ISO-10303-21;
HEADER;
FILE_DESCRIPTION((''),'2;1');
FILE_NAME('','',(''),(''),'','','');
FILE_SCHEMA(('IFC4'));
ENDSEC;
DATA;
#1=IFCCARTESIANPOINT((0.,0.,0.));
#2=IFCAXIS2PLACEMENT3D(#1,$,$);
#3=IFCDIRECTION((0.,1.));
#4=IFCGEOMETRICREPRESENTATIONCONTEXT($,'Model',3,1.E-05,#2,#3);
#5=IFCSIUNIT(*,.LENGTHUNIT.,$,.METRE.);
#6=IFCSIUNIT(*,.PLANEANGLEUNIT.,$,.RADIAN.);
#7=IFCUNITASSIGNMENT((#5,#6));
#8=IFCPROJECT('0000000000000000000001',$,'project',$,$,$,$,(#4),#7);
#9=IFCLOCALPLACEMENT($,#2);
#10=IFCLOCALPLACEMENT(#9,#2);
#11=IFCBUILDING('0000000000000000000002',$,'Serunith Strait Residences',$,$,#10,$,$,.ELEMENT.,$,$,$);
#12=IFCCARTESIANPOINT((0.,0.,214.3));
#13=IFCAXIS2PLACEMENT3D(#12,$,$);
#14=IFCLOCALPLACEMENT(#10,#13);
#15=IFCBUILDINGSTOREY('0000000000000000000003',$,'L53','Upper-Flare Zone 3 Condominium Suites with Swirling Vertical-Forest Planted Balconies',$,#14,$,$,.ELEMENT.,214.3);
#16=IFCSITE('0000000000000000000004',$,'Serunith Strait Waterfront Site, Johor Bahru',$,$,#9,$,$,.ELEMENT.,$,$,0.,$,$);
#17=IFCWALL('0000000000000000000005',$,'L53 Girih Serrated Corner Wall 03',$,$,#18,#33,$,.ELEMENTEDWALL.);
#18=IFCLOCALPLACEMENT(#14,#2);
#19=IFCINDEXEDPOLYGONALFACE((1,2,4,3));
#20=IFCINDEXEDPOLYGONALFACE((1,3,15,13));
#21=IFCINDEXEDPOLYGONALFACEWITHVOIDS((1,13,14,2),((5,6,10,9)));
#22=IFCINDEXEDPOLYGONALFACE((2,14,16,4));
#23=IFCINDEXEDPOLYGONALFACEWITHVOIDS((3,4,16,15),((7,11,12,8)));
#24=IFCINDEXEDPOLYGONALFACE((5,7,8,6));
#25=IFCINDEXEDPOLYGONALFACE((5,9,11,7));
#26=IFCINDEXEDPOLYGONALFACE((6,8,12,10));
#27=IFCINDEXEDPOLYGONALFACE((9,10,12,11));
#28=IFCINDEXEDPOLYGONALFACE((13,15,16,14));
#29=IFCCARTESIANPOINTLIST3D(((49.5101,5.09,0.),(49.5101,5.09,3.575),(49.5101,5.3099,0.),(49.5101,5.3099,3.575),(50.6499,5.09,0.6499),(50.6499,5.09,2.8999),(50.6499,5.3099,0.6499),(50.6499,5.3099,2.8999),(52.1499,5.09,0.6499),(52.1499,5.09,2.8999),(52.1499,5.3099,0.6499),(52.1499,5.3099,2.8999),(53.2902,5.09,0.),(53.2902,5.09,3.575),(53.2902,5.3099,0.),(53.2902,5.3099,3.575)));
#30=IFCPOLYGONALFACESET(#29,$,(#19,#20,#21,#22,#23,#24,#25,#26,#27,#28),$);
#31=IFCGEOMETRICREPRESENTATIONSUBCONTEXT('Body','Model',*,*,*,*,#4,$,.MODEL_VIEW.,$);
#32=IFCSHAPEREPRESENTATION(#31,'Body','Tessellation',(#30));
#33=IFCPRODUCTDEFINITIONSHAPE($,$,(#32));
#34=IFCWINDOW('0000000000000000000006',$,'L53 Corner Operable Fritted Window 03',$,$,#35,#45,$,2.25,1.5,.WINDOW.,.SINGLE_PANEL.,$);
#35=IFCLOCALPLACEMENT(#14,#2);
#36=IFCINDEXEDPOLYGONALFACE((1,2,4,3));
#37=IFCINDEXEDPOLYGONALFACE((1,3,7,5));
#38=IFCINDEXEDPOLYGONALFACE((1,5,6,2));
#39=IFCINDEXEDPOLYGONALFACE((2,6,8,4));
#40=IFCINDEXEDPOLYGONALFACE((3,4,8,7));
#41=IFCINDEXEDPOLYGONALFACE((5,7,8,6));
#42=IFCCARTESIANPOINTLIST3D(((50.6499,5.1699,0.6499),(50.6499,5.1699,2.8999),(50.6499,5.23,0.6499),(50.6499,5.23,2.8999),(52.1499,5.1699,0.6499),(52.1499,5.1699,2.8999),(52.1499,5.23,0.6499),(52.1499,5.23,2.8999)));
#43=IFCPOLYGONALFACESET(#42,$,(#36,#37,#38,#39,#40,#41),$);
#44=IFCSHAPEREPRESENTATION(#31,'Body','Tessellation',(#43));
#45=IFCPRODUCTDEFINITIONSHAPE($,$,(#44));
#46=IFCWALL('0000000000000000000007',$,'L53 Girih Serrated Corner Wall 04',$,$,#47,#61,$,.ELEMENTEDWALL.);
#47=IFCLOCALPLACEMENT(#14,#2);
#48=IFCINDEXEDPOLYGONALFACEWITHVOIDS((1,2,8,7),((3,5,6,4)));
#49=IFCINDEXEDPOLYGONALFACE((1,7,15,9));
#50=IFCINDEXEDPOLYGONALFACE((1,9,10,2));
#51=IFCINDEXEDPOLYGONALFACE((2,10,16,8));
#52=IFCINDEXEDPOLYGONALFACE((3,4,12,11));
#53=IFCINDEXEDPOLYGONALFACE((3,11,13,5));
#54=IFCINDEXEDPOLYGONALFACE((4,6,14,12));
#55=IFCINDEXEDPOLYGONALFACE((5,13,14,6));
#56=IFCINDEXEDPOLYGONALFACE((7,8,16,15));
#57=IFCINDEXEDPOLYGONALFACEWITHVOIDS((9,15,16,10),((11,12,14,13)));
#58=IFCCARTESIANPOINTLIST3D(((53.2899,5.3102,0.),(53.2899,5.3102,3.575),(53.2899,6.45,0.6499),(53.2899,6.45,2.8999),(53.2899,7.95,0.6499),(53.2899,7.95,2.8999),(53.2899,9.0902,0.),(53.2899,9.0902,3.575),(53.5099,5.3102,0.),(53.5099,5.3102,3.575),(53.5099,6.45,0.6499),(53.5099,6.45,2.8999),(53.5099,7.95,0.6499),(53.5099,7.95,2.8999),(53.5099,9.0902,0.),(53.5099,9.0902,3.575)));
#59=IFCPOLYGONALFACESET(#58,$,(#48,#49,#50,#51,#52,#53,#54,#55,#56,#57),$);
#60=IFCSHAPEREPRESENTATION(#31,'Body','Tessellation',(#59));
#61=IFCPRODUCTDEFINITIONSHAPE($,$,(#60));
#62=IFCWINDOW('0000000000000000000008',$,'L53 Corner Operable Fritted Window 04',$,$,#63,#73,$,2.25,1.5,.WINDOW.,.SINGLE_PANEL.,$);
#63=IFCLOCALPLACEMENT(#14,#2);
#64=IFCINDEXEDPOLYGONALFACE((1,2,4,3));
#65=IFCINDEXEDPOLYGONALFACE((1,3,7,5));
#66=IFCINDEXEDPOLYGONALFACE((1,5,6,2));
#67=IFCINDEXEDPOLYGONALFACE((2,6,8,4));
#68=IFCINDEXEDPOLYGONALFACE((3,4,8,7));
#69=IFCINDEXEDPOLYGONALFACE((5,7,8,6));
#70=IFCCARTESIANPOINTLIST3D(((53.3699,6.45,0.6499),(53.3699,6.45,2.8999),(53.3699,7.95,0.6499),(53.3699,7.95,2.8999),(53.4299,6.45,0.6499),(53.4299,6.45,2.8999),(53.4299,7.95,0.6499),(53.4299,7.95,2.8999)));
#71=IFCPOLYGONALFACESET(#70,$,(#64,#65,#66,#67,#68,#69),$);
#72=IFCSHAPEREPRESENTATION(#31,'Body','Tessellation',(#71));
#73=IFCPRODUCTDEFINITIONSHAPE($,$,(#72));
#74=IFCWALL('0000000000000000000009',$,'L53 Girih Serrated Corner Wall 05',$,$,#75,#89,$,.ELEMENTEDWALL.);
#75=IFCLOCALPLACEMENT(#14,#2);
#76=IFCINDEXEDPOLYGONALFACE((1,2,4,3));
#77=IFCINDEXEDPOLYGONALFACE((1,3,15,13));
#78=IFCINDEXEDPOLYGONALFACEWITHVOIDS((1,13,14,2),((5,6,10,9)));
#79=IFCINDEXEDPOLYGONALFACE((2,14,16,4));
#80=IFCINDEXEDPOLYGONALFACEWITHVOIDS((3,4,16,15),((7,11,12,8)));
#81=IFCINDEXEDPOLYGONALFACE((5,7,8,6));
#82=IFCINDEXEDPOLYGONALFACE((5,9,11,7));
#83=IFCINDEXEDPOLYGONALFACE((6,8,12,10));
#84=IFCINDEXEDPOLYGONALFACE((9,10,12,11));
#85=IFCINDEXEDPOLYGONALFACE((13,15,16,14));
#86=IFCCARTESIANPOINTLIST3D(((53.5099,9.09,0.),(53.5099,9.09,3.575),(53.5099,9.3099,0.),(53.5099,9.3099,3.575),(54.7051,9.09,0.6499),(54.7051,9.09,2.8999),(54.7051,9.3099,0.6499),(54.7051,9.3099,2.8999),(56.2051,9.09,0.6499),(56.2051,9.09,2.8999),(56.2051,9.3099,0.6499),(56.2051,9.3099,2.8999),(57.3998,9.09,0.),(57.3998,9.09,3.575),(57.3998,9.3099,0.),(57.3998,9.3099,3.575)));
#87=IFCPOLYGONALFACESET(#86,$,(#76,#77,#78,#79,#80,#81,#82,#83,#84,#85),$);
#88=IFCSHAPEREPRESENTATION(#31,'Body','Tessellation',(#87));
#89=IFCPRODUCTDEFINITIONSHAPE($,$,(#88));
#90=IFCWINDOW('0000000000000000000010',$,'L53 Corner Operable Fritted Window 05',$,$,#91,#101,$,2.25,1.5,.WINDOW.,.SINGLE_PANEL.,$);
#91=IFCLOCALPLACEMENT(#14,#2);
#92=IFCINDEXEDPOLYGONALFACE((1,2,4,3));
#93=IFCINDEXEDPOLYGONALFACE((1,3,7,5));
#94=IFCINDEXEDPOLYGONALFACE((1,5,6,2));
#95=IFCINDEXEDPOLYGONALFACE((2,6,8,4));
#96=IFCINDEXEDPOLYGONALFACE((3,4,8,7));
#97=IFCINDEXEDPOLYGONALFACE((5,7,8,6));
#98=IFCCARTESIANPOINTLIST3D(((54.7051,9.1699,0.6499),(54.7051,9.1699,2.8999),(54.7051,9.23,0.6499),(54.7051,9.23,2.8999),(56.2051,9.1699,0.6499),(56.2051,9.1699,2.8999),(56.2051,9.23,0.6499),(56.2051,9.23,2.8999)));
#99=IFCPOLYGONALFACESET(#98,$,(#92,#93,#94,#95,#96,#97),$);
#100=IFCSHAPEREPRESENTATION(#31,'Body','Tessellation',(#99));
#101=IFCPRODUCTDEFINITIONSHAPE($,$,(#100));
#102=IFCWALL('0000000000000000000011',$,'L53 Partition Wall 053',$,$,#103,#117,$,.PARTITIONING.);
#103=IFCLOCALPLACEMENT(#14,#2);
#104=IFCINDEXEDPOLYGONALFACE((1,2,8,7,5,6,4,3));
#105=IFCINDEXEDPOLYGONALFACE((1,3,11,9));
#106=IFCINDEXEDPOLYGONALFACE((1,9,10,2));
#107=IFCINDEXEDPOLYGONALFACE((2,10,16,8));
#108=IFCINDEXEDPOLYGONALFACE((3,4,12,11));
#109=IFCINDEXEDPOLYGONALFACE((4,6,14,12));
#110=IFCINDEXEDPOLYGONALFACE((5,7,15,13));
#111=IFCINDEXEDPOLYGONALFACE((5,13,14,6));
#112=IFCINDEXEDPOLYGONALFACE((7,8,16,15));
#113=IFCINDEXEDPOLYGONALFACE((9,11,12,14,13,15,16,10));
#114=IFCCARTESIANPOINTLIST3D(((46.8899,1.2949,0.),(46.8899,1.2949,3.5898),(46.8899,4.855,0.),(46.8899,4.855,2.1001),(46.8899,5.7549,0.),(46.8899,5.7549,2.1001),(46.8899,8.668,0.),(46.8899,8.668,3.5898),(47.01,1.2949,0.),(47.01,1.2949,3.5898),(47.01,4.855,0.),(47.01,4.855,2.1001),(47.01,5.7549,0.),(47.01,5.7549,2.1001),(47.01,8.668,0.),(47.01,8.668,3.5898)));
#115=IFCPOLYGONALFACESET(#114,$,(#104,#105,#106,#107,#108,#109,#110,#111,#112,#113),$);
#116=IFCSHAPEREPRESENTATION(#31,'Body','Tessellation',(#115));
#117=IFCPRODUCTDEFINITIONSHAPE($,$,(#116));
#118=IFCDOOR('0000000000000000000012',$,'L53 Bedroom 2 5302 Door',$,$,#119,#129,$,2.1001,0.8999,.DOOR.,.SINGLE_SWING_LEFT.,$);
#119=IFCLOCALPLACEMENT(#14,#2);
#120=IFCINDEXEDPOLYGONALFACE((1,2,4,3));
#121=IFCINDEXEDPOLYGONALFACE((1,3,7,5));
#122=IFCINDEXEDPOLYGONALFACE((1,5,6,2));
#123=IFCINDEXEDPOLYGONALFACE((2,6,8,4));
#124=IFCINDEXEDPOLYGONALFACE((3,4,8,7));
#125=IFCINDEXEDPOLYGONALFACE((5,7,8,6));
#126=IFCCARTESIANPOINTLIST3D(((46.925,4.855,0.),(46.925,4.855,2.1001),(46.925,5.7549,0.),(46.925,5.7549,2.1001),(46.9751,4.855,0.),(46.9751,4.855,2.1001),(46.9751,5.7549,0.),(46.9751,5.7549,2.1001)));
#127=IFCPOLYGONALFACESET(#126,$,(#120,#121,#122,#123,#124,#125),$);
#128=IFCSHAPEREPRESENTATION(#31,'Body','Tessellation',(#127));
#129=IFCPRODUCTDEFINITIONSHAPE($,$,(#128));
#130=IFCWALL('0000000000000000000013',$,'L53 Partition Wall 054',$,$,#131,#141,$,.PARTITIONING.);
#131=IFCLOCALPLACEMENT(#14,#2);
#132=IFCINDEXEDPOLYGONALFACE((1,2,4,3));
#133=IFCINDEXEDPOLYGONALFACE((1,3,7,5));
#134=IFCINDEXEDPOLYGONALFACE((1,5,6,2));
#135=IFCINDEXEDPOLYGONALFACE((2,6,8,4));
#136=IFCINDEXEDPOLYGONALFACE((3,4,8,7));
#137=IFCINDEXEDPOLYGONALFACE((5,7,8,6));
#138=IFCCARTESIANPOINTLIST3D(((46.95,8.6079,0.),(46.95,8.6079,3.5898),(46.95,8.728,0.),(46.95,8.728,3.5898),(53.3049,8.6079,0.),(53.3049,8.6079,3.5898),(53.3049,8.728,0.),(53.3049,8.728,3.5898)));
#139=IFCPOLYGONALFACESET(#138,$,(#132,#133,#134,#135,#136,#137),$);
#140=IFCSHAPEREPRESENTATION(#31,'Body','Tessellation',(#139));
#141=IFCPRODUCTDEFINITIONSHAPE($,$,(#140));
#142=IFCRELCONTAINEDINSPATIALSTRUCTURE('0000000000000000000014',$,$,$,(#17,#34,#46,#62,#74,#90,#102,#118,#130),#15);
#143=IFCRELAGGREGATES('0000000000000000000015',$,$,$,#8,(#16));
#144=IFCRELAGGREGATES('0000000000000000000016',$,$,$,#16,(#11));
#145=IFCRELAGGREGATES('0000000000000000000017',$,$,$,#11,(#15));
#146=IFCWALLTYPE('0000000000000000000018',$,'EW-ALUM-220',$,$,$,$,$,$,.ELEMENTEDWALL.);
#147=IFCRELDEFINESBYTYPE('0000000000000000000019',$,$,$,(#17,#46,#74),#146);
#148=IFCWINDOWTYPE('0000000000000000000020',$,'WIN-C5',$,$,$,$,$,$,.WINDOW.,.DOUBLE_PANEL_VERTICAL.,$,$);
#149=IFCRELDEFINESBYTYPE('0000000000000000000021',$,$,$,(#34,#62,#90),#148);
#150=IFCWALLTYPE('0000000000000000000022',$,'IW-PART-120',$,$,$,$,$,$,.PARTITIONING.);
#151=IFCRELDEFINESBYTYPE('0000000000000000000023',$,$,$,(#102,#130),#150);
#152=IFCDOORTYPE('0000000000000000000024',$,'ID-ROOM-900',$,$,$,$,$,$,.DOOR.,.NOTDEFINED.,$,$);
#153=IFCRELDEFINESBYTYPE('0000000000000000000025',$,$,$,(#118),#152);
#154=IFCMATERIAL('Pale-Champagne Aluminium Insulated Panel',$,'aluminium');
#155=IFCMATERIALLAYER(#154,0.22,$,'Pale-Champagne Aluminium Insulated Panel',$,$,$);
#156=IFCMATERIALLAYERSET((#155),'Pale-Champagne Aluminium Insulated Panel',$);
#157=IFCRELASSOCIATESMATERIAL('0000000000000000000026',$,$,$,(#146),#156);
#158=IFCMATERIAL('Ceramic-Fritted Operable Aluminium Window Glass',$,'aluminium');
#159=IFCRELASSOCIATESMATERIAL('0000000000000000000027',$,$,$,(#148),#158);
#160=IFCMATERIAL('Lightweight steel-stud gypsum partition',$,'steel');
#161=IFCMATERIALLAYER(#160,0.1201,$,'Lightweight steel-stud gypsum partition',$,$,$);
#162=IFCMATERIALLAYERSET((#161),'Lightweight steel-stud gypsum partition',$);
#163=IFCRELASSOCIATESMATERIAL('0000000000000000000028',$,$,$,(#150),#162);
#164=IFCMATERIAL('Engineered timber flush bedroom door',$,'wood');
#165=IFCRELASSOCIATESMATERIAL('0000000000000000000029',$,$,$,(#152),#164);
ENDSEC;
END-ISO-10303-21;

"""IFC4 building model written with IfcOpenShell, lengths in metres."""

from ifc_helpers import new_model, si_unit, direction, frame, frame_2d, origin, place, context, subcontext, project, spatial, rectangle, extrude, source, transform, mapped, material, layer, layer_set, type_object, element, fill, save


model = new_model("IFC4")

# Units and contexts
model_context = context("Model", 3, precision=1e-05, world=origin(), true_north=direction((0.0, 1.0)))
body_context = subcontext(model_context, "Body", "Model", "MODEL_VIEW")
ifc_project = project(units=[si_unit("LENGTHUNIT", "METRE"), si_unit("PLANEANGLEUNIT", "RADIAN")], contexts=[model_context])

# Site, building, storey
site_placement = place(None, origin())
site = spatial("IfcSite", under=ifc_project, at=site_placement, Name="Serunith Strait Waterfront Site, Johor Bahru", CompositionType="ELEMENT", RefElevation=0.0)
building_placement = place(site_placement, origin())
building = spatial("IfcBuilding", under=site, at=building_placement, Name="Serunith Strait Residences", CompositionType="ELEMENT")
storey_placement = place(building_placement, frame((0.0, 0.0, 214.3)))
storey = spatial("IfcBuildingStorey", under=building, at=storey_placement, Name="L53", Description="Upper-Flare Zone 3 Condominium Suites with Swirling Vertical-Forest Planted Balconies", CompositionType="ELEMENT", Elevation=214.3)

# Walls, openings, windows
ifc_material_1 = material(Name="Pale-Champagne Aluminium Insulated Panel", Category="aluminium")
ifc_layer_1 = layer(ifc_material_1, 0.22, Name="Pale-Champagne Aluminium Insulated Panel")
ifc_layer_set_1 = layer_set([ifc_layer_1], Name="Pale-Champagne Aluminium Insulated Panel")
wall_type_1 = type_object("IfcWallType", Name="EW-ALUM-220", PredefinedType="ELEMENTEDWALL", material=ifc_layer_set_1)
ifc_material_2 = material(Name="Ceramic-Fritted Operable Aluminium Window Glass", Category="aluminium")
window_type = type_object("IfcWindowType", Name="WIN-C5", PartitioningType="DOUBLE_PANEL_VERTICAL", PredefinedType="WINDOW", material=ifc_material_2)
shared_shape_1 = source(origin(), body_context, "Body", "SweptSolid", [
    extrude(rectangle(XDim=1.5, YDim=2.25, at=frame_2d((0.75, 1.125))), frame((0.0, 0.03, 0.0), z_axis=(0.0, -1.0, 0.0), x_axis=(1.0, 0.0, 0.0)), (0.0, 0.0, 1.0), 0.0601),
])
wall_1_placement = place(storey_placement, frame((49.51, 5.2, 0.0), z_axis=(0.0, 0.0, 1.0), x_axis=(1.0, 0.0, 0.0)))
wall_1 = element("IfcWall", 1, at=wall_1_placement, inside=storey, type_object=wall_type_1, Name="L53 Girih Serrated Corner Wall 03", PredefinedType="ELEMENTEDWALL", context=body_context, shape_type="SweptSolid", body=[
    extrude(rectangle(XDim=3.78, YDim=0.22, at=frame_2d((1.8901, 0.0))), origin(), (0.0, 0.0, 1.0), 3.575),
])
opening_1_placement = place(wall_1_placement, frame((1.1399, 0.0, 0.6499)))
opening_1 = element("IfcOpeningElement", 2, at=opening_1_placement, cuts=wall_1, PredefinedType="OPENING", context=body_context, shape_type="SweptSolid", body=[
    extrude(rectangle(XDim=1.5, YDim=2.25, at=frame_2d((0.75, 1.125))), frame((0.0, 0.1201, 0.0), z_axis=(0.0, -1.0, 0.0), x_axis=(1.0, 0.0, 0.0)), (0.0, 0.0, 1.0), 0.24),
])
window_1_placement = place(opening_1_placement, origin())
window_1 = element("IfcWindow", 3, at=window_1_placement, inside=storey, type_object=window_type, Name="L53 Corner Operable Fritted Window 03", OverallHeight=2.25, OverallWidth=1.5, PartitioningType="SINGLE_PANEL", PredefinedType="WINDOW", context=body_context, shape_type="MappedRepresentation", body=[
    mapped(shared_shape_1, transform((0.0, 0.0, 0.0), scale=1.0)),
])
fill(opening_1, window_1)
wall_2_placement = place(storey_placement, frame((53.3999, 5.3101, 0.0), z_axis=(0.0, 0.0, 1.0), x_axis=(0.0, 1.0, 0.0)))
wall_2 = element("IfcWall", 4, at=wall_2_placement, inside=storey, type_object=wall_type_1, Name="L53 Girih Serrated Corner Wall 04", PredefinedType="ELEMENTEDWALL", context=body_context, shape_type="SweptSolid", body=[
    extrude(rectangle(XDim=3.78, YDim=0.22, at=frame_2d((1.8901, 0.0))), origin(), (0.0, 0.0, 1.0), 3.575),
])
opening_2_placement = place(wall_2_placement, frame((1.1399, 0.0, 0.6499)))
opening_2 = element("IfcOpeningElement", 5, at=opening_2_placement, cuts=wall_2, PredefinedType="OPENING", context=body_context, shape_type="SweptSolid", body=[
    extrude(rectangle(XDim=1.5, YDim=2.25, at=frame_2d((0.75, 1.125))), frame((0.0, 0.1201, 0.0), z_axis=(0.0, -1.0, 0.0), x_axis=(1.0, 0.0, 0.0)), (0.0, 0.0, 1.0), 0.24),
])
window_2_placement = place(opening_2_placement, origin())
window_2 = element("IfcWindow", 6, at=window_2_placement, inside=storey, type_object=window_type, Name="L53 Corner Operable Fritted Window 04", OverallHeight=2.25, OverallWidth=1.5, PartitioningType="SINGLE_PANEL", PredefinedType="WINDOW", context=body_context, shape_type="MappedRepresentation", body=[
    mapped(shared_shape_1, transform((0.0, 0.0, 0.0), scale=1.0)),
])
fill(opening_2, window_2)
wall_3_placement = place(storey_placement, frame((53.51, 9.2, 0.0), z_axis=(0.0, 0.0, 1.0), x_axis=(1.0, 0.0, 0.0)))
wall_3 = element("IfcWall", 7, at=wall_3_placement, inside=storey, type_object=wall_type_1, Name="L53 Girih Serrated Corner Wall 05", PredefinedType="ELEMENTEDWALL", context=body_context, shape_type="SweptSolid", body=[
    extrude(rectangle(XDim=3.8899, YDim=0.22, at=frame_2d((1.9448, 0.0))), origin(), (0.0, 0.0, 1.0), 3.575),
])
opening_3_placement = place(wall_3_placement, frame((1.1951, 0.0, 0.6499)))
opening_3 = element("IfcOpeningElement", 8, at=opening_3_placement, cuts=wall_3, PredefinedType="OPENING", context=body_context, shape_type="SweptSolid", body=[
    extrude(rectangle(XDim=1.5, YDim=2.25, at=frame_2d((0.75, 1.125))), frame((0.0, 0.1201, 0.0), z_axis=(0.0, -1.0, 0.0), x_axis=(1.0, 0.0, 0.0)), (0.0, 0.0, 1.0), 0.24),
])
window_3_placement = place(opening_3_placement, origin())
window_3 = element("IfcWindow", 9, at=window_3_placement, inside=storey, type_object=window_type, Name="L53 Corner Operable Fritted Window 05", OverallHeight=2.25, OverallWidth=1.5, PartitioningType="SINGLE_PANEL", PredefinedType="WINDOW", context=body_context, shape_type="MappedRepresentation", body=[
    mapped(shared_shape_1, transform((0.0, 0.0, 0.0), scale=1.0)),
])
fill(opening_3, window_3)

# Wall, opening, door
ifc_material_3 = material(Name="Lightweight steel-stud gypsum partition", Category="steel")
ifc_layer_2 = layer(ifc_material_3, 0.1201, Name="Lightweight steel-stud gypsum partition")
ifc_layer_set_2 = layer_set([ifc_layer_2], Name="Lightweight steel-stud gypsum partition")
wall_type_2 = type_object("IfcWallType", Name="IW-PART-120", PredefinedType="PARTITIONING", material=ifc_layer_set_2)
wall_4_placement = place(storey_placement, frame((46.95, 1.2949, 0.0), z_axis=(0.0, 0.0, 1.0), x_axis=(0.0, 1.0, 0.0)))
wall_4 = element("IfcWall", 10, at=wall_4_placement, inside=storey, type_object=wall_type_2, Name="L53 Partition Wall 053", PredefinedType="PARTITIONING", context=body_context, shape_type="SweptSolid", body=[
    extrude(rectangle(XDim=7.373, YDim=0.1201, at=frame_2d((3.6865, 0.0))), origin(), (0.0, 0.0, 1.0), 3.5898),
])
opening_4_placement = place(wall_4_placement, frame((3.5601, 0.0, 0.0)))
opening_4 = element("IfcOpeningElement", 11, at=opening_4_placement, cuts=wall_4, PredefinedType="OPENING", context=body_context, shape_type="SweptSolid", body=[
    extrude(rectangle(XDim=0.8999, YDim=2.1001, at=frame_2d((0.45, 1.05))), frame((0.0, 0.0701, 0.0), z_axis=(0.0, -1.0, 0.0), x_axis=(1.0, 0.0, 0.0)), (0.0, 0.0, 1.0), 0.1401),
])
ifc_material_4 = material(Name="Engineered timber flush bedroom door", Category="wood")
door_type_1 = type_object("IfcDoorType", Name="ID-ROOM-900", OperationType="NOTDEFINED", PredefinedType="DOOR", material=ifc_material_4)
shared_shape_2 = source(origin(), body_context, "Body", "SweptSolid", [
    extrude(rectangle(XDim=0.8999, YDim=2.1001, at=frame_2d((0.45, 1.05))), frame((0.0, 0.0249, 0.0), z_axis=(0.0, -1.0, 0.0), x_axis=(1.0, 0.0, 0.0)), (0.0, 0.0, 1.0), 0.05),
])
door_1_placement = place(opening_4_placement, origin())
door_1 = element("IfcDoor", 12, at=door_1_placement, inside=storey, type_object=door_type_1, Name="L53 Bedroom 2 5302 Door", OperationType="SINGLE_SWING_LEFT", OverallHeight=2.1001, OverallWidth=0.8999, PredefinedType="DOOR", context=body_context, shape_type="MappedRepresentation", body=[
    mapped(shared_shape_2, transform((0.0, 0.0, 0.0), scale=1.0)),
])
fill(opening_4, door_1)

# Wall
wall_5_placement = place(storey_placement, frame((46.95, 8.668, 0.0), z_axis=(0.0, 0.0, 1.0), x_axis=(1.0, 0.0, 0.0)))
element("IfcWall", 13, at=wall_5_placement, inside=storey, type_object=wall_type_2, Name="L53 Partition Wall 054", PredefinedType="PARTITIONING", context=body_context, shape_type="SweptSolid", body=[
    extrude(rectangle(XDim=6.355, YDim=0.1201, at=frame_2d((3.1775, 0.0))), origin(), (0.0, 0.0, 1.0), 3.5898),
])

save(model, "model.ifc")
